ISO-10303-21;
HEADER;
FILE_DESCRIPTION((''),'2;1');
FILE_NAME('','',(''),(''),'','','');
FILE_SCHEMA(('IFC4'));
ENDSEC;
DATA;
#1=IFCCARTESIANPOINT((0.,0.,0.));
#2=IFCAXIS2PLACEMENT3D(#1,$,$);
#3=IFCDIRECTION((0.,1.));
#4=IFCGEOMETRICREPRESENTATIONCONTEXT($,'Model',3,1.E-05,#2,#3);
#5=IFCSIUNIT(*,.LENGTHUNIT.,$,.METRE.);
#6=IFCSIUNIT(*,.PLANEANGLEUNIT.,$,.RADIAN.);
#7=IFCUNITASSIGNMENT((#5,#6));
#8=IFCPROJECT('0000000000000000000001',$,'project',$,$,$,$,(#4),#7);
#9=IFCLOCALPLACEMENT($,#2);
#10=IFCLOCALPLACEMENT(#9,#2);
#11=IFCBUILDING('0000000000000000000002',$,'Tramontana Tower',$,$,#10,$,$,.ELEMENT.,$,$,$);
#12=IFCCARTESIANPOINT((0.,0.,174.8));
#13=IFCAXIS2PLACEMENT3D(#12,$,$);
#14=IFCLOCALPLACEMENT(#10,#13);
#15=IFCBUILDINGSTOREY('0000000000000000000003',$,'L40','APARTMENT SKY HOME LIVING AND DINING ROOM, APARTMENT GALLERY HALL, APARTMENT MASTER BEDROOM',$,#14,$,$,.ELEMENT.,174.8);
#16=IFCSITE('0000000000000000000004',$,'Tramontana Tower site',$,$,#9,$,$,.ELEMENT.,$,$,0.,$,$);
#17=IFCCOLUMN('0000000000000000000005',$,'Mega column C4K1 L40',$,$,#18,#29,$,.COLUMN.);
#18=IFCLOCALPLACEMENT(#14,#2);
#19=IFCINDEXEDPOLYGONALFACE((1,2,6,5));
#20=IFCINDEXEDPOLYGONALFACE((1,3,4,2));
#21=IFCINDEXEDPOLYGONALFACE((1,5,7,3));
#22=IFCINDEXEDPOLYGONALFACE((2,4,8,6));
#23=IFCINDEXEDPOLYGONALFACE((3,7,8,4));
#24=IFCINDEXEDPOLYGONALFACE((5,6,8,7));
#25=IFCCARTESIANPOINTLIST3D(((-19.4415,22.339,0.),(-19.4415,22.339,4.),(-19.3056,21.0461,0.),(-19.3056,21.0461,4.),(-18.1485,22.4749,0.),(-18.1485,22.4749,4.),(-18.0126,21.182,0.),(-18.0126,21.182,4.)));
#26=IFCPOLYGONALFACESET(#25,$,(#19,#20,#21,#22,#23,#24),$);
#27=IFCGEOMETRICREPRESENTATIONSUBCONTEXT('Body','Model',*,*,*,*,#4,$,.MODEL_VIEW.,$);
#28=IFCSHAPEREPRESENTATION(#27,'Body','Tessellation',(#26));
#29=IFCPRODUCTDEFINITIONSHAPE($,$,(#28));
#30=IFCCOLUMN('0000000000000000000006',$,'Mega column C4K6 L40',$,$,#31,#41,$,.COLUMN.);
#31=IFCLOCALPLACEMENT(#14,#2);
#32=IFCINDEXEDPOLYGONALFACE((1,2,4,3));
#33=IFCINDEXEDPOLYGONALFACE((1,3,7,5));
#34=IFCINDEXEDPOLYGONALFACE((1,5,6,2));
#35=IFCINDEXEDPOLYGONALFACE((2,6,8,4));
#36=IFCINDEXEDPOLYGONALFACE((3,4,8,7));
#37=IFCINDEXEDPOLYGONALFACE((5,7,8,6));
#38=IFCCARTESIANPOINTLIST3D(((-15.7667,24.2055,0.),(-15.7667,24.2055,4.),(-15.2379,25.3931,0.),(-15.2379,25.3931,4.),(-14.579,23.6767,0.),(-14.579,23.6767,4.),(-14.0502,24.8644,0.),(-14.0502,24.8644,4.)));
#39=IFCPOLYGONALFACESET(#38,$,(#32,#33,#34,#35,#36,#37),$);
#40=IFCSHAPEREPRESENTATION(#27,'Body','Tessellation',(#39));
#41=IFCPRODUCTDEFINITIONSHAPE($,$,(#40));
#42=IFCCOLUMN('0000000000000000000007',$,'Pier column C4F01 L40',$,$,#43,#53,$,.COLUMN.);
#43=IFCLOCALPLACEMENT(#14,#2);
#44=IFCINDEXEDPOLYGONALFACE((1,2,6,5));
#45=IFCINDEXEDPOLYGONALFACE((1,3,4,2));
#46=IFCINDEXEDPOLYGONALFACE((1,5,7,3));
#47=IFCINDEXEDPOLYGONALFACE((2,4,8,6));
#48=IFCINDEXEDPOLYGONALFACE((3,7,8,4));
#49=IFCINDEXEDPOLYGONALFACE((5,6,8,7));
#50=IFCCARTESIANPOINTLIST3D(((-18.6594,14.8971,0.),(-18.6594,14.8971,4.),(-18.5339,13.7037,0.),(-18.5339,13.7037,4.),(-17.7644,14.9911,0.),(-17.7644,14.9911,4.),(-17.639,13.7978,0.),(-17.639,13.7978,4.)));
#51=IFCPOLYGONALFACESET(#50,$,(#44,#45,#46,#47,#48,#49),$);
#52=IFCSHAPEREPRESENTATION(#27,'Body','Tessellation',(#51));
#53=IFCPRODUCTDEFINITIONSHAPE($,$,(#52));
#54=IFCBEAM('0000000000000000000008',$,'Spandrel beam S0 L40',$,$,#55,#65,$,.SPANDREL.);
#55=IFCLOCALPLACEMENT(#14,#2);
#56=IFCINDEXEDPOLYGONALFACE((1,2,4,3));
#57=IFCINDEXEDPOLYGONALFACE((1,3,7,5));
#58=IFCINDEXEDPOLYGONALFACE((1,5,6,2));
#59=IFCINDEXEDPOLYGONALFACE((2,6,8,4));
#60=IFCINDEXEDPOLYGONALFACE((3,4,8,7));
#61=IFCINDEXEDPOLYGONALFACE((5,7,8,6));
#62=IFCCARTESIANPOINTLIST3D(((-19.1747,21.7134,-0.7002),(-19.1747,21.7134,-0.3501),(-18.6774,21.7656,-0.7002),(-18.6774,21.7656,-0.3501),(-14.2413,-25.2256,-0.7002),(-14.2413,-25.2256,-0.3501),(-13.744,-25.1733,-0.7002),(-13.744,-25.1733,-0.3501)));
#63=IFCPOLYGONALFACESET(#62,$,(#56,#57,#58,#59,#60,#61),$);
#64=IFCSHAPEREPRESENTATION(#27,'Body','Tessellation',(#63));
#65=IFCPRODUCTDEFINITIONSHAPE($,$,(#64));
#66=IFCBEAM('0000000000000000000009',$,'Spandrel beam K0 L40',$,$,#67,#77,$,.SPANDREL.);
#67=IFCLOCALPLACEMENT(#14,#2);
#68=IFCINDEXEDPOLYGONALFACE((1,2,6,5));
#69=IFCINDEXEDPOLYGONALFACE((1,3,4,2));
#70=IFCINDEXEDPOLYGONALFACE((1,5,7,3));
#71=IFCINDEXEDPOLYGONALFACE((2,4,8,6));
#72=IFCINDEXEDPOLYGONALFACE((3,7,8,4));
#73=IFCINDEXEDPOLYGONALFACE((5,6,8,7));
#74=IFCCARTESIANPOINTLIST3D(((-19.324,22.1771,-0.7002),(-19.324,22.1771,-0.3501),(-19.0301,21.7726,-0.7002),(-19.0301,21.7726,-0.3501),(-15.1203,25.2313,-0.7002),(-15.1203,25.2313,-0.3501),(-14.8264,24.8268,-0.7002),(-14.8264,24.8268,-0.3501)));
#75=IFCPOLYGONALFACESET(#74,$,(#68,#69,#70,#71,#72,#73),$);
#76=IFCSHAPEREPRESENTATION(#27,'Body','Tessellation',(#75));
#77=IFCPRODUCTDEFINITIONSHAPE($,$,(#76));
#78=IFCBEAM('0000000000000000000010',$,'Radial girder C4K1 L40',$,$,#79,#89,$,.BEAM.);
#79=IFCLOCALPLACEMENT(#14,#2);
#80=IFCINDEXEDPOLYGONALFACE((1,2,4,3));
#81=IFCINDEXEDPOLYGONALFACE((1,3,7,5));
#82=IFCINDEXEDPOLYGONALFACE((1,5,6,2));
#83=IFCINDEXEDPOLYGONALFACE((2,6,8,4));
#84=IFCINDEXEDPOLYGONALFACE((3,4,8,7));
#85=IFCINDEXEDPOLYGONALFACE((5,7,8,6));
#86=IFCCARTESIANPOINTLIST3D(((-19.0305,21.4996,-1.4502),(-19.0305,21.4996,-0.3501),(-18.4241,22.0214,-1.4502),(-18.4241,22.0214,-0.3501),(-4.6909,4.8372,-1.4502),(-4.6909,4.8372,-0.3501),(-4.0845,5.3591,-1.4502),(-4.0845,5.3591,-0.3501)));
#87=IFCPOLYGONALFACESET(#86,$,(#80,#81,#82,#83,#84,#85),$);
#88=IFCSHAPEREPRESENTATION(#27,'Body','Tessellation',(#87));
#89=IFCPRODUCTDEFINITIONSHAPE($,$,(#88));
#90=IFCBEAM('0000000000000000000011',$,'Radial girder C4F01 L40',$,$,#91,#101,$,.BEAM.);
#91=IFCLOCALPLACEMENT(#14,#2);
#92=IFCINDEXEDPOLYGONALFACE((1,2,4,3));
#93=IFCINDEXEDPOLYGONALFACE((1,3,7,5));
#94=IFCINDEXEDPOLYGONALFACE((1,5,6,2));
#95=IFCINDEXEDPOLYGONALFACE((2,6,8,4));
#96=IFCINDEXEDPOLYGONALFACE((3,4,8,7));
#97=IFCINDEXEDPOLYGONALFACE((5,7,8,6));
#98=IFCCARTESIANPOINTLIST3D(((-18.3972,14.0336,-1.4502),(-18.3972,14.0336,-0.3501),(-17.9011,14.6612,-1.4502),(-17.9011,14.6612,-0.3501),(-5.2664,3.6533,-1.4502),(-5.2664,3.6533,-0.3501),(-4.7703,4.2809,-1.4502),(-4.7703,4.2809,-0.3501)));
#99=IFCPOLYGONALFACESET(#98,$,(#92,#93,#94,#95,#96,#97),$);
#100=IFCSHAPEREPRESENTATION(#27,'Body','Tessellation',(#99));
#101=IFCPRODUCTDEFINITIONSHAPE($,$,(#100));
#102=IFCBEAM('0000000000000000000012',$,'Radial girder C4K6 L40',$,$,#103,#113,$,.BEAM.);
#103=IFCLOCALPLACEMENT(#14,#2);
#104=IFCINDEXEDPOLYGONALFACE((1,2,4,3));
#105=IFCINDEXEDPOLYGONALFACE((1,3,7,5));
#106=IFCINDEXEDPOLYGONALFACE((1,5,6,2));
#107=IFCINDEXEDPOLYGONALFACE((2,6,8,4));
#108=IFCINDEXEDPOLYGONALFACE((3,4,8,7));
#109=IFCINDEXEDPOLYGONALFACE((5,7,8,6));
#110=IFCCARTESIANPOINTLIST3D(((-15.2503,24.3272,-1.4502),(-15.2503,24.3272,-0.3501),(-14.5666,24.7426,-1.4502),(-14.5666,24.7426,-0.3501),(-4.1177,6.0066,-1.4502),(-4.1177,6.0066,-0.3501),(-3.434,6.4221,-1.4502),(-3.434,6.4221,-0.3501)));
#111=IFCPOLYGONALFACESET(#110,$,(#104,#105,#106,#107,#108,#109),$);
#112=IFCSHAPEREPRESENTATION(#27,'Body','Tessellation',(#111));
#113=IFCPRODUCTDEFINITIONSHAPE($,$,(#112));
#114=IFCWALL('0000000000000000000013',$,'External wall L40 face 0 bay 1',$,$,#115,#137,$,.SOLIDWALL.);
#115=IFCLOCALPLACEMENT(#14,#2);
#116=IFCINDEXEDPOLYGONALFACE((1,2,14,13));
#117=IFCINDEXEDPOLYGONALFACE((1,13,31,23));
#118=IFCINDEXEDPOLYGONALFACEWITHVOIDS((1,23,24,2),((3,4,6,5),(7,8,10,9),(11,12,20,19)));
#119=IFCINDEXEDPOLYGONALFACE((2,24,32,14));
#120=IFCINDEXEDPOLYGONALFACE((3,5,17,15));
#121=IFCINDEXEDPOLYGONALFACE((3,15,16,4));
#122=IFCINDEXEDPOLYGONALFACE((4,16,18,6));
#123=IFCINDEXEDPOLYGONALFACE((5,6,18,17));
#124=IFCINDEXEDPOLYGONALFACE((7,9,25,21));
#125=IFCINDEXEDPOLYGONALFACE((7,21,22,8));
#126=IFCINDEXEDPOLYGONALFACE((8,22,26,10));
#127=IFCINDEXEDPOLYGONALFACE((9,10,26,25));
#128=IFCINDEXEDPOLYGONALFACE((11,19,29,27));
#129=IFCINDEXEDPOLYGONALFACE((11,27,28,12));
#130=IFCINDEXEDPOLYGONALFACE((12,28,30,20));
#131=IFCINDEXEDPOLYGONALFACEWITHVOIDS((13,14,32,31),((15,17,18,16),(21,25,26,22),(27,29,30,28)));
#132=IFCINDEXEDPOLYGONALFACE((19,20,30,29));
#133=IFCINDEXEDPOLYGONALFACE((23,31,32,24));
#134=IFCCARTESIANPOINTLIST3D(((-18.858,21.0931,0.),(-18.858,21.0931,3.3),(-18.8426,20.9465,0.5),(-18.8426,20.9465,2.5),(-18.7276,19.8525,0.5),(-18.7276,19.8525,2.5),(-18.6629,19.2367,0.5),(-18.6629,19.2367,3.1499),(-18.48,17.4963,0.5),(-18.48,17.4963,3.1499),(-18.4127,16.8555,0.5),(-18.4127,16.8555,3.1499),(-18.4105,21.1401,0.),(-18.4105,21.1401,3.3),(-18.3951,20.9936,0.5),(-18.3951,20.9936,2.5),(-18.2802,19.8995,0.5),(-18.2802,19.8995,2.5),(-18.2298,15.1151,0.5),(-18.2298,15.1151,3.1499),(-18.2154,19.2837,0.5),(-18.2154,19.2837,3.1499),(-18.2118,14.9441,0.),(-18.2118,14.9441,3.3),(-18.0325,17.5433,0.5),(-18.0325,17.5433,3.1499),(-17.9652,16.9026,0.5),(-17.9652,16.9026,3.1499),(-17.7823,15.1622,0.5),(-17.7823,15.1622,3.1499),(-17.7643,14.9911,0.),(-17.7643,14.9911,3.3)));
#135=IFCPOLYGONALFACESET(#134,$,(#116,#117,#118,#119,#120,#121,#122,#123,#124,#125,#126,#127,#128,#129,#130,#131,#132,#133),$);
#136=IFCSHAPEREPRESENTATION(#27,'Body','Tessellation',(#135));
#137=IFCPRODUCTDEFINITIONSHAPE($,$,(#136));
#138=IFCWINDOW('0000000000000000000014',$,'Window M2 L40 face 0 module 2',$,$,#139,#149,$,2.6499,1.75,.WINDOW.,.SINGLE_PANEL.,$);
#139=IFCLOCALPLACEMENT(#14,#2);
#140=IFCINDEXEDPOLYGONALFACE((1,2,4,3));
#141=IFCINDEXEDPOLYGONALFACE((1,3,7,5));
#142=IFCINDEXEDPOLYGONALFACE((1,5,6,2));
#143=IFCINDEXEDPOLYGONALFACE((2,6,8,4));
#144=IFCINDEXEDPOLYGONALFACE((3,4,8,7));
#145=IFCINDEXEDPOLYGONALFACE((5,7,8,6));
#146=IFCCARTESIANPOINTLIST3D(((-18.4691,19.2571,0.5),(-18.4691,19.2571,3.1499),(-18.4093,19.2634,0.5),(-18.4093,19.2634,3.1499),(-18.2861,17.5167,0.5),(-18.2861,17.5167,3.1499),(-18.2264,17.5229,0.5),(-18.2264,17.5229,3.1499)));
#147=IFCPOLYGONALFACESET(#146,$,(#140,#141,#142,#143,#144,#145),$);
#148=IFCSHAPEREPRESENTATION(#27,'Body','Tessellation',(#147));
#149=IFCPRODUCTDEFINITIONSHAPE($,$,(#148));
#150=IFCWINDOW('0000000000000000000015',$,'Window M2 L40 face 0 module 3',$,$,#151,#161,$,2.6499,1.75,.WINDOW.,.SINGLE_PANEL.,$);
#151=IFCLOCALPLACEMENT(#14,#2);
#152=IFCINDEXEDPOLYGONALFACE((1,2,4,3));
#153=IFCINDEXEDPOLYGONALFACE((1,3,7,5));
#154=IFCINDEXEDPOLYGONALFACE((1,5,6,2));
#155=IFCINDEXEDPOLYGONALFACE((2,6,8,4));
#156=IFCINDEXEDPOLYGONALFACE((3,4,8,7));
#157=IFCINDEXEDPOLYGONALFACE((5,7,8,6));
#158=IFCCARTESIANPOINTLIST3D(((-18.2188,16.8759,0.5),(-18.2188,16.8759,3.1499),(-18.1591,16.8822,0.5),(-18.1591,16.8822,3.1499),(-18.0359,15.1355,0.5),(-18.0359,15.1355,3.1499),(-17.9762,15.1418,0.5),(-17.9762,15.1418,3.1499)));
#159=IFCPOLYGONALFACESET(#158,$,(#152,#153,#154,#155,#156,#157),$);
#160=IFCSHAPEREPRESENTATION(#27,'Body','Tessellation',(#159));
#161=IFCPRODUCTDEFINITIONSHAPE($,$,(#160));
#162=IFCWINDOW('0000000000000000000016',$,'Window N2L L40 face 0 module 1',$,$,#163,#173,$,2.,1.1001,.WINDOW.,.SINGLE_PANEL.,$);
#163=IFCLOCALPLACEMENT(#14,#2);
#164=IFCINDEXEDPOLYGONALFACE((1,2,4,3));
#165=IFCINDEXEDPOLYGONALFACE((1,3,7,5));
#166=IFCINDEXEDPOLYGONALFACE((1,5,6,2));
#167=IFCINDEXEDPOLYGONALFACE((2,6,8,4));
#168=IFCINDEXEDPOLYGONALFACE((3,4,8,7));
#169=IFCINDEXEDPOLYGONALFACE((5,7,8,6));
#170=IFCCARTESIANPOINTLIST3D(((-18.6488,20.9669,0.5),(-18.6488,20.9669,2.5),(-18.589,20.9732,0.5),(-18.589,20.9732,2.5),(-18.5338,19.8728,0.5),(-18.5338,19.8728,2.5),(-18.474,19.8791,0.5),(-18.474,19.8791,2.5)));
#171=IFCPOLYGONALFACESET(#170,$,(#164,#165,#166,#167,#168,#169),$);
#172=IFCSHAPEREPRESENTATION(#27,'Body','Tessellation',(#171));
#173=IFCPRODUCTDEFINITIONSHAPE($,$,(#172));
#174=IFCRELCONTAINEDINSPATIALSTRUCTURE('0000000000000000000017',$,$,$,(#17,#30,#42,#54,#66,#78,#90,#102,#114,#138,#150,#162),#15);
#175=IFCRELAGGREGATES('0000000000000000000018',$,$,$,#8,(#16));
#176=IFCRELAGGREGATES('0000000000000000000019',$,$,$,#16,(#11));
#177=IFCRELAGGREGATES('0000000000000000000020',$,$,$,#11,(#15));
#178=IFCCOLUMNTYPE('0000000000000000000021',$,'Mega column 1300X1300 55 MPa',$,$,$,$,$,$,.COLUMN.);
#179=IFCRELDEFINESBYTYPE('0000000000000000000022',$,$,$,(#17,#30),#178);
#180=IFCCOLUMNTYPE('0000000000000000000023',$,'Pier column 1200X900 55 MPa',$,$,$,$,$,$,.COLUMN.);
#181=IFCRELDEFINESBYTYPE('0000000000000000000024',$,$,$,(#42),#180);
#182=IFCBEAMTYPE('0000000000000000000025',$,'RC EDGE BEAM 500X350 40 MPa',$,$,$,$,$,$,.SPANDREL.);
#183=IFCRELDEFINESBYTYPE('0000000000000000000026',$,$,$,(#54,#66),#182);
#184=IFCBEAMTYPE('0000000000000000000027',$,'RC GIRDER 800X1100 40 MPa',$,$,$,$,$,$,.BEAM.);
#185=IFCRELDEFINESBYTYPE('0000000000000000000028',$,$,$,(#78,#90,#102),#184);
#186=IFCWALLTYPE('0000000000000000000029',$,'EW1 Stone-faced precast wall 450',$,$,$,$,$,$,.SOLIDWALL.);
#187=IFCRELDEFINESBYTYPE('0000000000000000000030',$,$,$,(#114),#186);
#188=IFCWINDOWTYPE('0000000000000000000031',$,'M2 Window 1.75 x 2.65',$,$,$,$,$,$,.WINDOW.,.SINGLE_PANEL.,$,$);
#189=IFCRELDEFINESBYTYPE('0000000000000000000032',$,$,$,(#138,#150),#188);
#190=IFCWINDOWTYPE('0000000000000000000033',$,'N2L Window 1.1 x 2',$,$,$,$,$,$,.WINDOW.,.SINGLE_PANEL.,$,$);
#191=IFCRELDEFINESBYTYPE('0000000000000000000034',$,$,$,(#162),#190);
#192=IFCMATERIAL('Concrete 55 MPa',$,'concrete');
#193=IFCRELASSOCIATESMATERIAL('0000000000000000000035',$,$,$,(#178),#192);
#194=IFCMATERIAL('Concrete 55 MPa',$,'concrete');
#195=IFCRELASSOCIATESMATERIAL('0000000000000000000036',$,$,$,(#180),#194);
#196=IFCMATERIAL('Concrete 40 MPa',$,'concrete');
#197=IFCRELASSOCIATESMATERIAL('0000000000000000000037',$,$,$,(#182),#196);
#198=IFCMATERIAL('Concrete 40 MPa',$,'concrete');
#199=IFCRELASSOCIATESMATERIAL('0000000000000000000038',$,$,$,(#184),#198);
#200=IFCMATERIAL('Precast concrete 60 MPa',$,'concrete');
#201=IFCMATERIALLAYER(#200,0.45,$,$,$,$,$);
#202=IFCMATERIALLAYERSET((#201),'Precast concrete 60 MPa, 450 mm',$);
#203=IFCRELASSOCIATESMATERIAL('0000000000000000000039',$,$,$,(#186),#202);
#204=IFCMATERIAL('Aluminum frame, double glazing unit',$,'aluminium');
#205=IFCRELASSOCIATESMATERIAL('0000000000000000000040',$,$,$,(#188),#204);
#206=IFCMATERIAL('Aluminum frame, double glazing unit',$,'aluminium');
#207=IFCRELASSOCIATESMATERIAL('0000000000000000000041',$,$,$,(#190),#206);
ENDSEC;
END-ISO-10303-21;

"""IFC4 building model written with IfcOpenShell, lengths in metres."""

from ifc_helpers import new_model, si_unit, direction, frame, frame_2d, origin, origin_2d, place, context, subcontext, project, spatial, rectangle, extrude, material, layer, layer_set, material_profile, profile_set, type_object, element, fill, save


model = new_model("IFC4")

# Units and contexts
model_context = context("Model", 3, precision=1e-05, world=origin(), true_north=direction((0.0, 1.0)))
body_context = subcontext(model_context, "Body", "Model", "MODEL_VIEW")
ifc_project = project(units=[si_unit("LENGTHUNIT", "METRE"), si_unit("PLANEANGLEUNIT", "RADIAN")], contexts=[model_context])

# Site, building, storey
site_placement = place(None, origin())
site = spatial("IfcSite", under=ifc_project, at=site_placement, Name="Tramontana Tower site", CompositionType="ELEMENT", RefElevation=0.0)
building_placement = place(site_placement, origin())
building = spatial("IfcBuilding", under=site, at=building_placement, Name="Tramontana Tower", CompositionType="ELEMENT")
storey_placement = place(building_placement, frame((0.0, 0.0, 174.8)))
storey = spatial("IfcBuildingStorey", under=building, at=storey_placement, Name="L40", Description="APARTMENT SKY HOME LIVING AND DINING ROOM, APARTMENT GALLERY HALL, APARTMENT MASTER BEDROOM", CompositionType="ELEMENT", Elevation=174.8)

# Columns
ifc_material_1 = material(Name="Concrete 55 MPa", Category="concrete")
ifc_material_profile_1 = material_profile(ifc_material_1, rectangle(XDim=1.3, YDim=1.3, at=origin_2d()), Name="Mega column 1300X1300 55 MPa")
ifc_profile_set_1 = profile_set([ifc_material_profile_1], Name="Concrete 55 MPa")
column_type_1 = type_object("IfcColumnType", Name="Mega column 1300X1300 55 MPa", PredefinedType="COLUMN", material=ifc_profile_set_1)
for number, where, z_axis, x_axis, name in (
    (1, (-18.7271, 21.7605, 0.0), (0.0, 0.0, 1.0), (0.104528, -0.994522, 0.0), "Mega column C4K1 L40"),
    (2, (-14.9084, 24.5349, 0.0), (0.0, 0.0, 1.0), (-0.913545, 0.406737, 0.0), "Mega column C4K6 L40"),
):
    element("IfcColumn", number, at=place(storey_placement, frame(where, z_axis=z_axis, x_axis=x_axis)), inside=storey, type_object=column_type_1, Name=name, PredefinedType="COLUMN", context=body_context, shape_type="SweptSolid", body=[
        extrude(rectangle(XDim=1.3, YDim=1.3, at=origin_2d()), origin(), (0.0, 0.0, 1.0), 4.0),
    ])
ifc_material_2 = material(Name="Concrete 55 MPa", Category="concrete")
ifc_material_profile_2 = material_profile(ifc_material_2, rectangle(XDim=1.2, YDim=0.8999, at=origin_2d()), Name="Pier column 1200X900 55 MPa")
ifc_profile_set_2 = profile_set([ifc_material_profile_2], Name="Concrete 55 MPa")
column_type_2 = type_object("IfcColumnType", Name="Pier column 1200X900 55 MPa", PredefinedType="COLUMN", material=ifc_profile_set_2)
column_placement = place(storey_placement, frame((-18.1492, 14.3474, 0.0), z_axis=(0.0, 0.0, 1.0), x_axis=(0.104528, -0.994522, 0.0)))
element("IfcColumn", 3, at=column_placement, inside=storey, type_object=column_type_2, Name="Pier column C4F01 L40", PredefinedType="COLUMN", context=body_context, shape_type="SweptSolid", body=[
    extrude(rectangle(XDim=1.2, YDim=0.8999, at=origin_2d()), origin(), (0.0, 0.0, 1.0), 4.0),
])

# Beams
ifc_material_3 = material(Name="Concrete 40 MPa", Category="concrete")
ifc_material_profile_3 = material_profile(ifc_material_3, rectangle(XDim=0.5, YDim=0.3501, at=origin_2d()), Name="RC EDGE BEAM 500X350 40 MPa")
ifc_profile_set_3 = profile_set([ifc_material_profile_3], Name="Concrete 40 MPa")
beam_type_1 = type_object("IfcBeamType", Name="RC EDGE BEAM 500X350 40 MPa", PredefinedType="SPANDREL", material=ifc_profile_set_3)
beam_1_placement = place(storey_placement, frame((-18.926, 21.7395, -0.5251), z_axis=(0.104526, -0.994522, 0.0), x_axis=(0.994522, 0.104526, 0.0)))
element("IfcBeam", 4, at=beam_1_placement, inside=storey, type_object=beam_type_1, Name="Spandrel beam S0 L40", PredefinedType="SPANDREL", context=body_context, shape_type="SweptSolid", body=[
    extrude(rectangle(XDim=0.5, YDim=0.3501, at=origin_2d()), origin(), (0.0, 0.0, 1.0), 47.1975),
])
beam_2_placement = place(storey_placement, frame((-14.9734, 25.0291, -0.5251), z_axis=(-0.809008, -0.587797, 0.0), x_axis=(0.587797, -0.809008, 0.0)))
element("IfcBeam", 5, at=beam_2_placement, inside=storey, type_object=beam_type_1, Name="Spandrel beam K0 L40", PredefinedType="SPANDREL", context=body_context, shape_type="SweptSolid", body=[
    extrude(rectangle(XDim=0.5, YDim=0.3501, at=origin_2d()), origin(), (0.0, 0.0, 1.0), 5.196),
])
ifc_material_4 = material(Name="Concrete 40 MPa", Category="concrete")
ifc_material_profile_4 = material_profile(ifc_material_4, rectangle(XDim=0.8, YDim=1.1001, at=origin_2d()), Name="RC GIRDER 800X1100 40 MPa")
ifc_profile_set_4 = profile_set([ifc_material_profile_4], Name="Concrete 40 MPa")
beam_type_2 = type_object("IfcBeamType", Name="RC GIRDER 800X1100 40 MPa", PredefinedType="BEAM", material=ifc_profile_set_4)
beam_3_placement = place(storey_placement, frame((-18.7273, 21.7605, -0.9001), z_axis=(0.6523, -0.757961, 0.0), x_axis=(0.757961, 0.6523, 0.0)))
element("IfcBeam", 6, at=beam_3_placement, inside=storey, type_object=beam_type_2, Name="Radial girder C4K1 L40", PredefinedType="BEAM", context=body_context, shape_type="SweptSolid", body=[
    extrude(rectangle(XDim=0.8, YDim=1.1001, at=origin_2d()), origin(), (0.0, 0.0, 1.0), 21.9832),
])
beam_4_placement = place(storey_placement, frame((-18.1492, 14.3474, -0.9001), z_axis=(0.784479, -0.620156, 0.0), x_axis=(0.620156, 0.784479, 0.0)))
element("IfcBeam", 7, at=beam_4_placement, inside=storey, type_object=beam_type_2, Name="Radial girder C4F01 L40", PredefinedType="BEAM", context=body_context, shape_type="SweptSolid", body=[
    extrude(rectangle(XDim=0.8, YDim=1.1001, at=origin_2d()), origin(), (0.0, 0.0, 1.0), 16.7383),
])
beam_5_placement = place(storey_placement, frame((-14.9084, 24.5349, -0.9001), z_axis=(0.519298, -0.854593, 0.0), x_axis=(0.854593, 0.519298, 0.0)))
element("IfcBeam", 8, at=beam_5_placement, inside=storey, type_object=beam_type_2, Name="Radial girder C4K6 L40", PredefinedType="BEAM", context=body_context, shape_type="SweptSolid", body=[
    extrude(rectangle(XDim=0.8, YDim=1.1001, at=origin_2d()), origin(), (0.0, 0.0, 1.0), 21.4377),
])

# Wall, openings, windows
ifc_material_5 = material(Name="Precast concrete 60 MPa", Category="concrete")
ifc_layer_1 = layer(ifc_material_5, 0.45)
ifc_layer_set_1 = layer_set([ifc_layer_1], Name="Precast concrete 60 MPa, 450 mm")
wall_type_1 = type_object("IfcWallType", Name="EW1 Stone-faced precast wall 450", PredefinedType="SOLIDWALL", material=ifc_layer_set_1)
wall_1_placement = place(storey_placement, frame((-18.6343, 21.1165, 0.0), z_axis=(0.0, 0.0, 1.0), x_axis=(0.104522, -0.994523, 0.0)))
wall_1 = element("IfcWall", 9, at=wall_1_placement, inside=storey, type_object=wall_type_1, Name="External wall L40 face 0 bay 1", PredefinedType="SOLIDWALL", context=body_context, shape_type="SweptSolid", body=[
    extrude(rectangle(XDim=6.1829, YDim=0.45, at=frame_2d((3.0913, 0.0))), origin(), (0.0, 0.0, 1.0), 3.3),
])
opening_1_placement = place(wall_1_placement, frame((0.1472, 0.0, 0.5)))
opening_1 = element("IfcOpeningElement", 10, at=opening_1_placement, cuts=wall_1, PredefinedType="OPENING", context=body_context, shape_type="SweptSolid", body=[
    extrude(rectangle(XDim=1.1001, YDim=2.0, at=frame_2d((0.55, 1.0))), frame((0.0, 0.2349, 0.0), z_axis=(0.0, -1.0, 0.0), x_axis=(1.0, 0.0, 0.0)), (0.0, 0.0, 1.0), 0.47),
])
opening_2_placement = place(wall_1_placement, frame((1.8665, 0.0, 0.5)))
opening_2 = element("IfcOpeningElement", 11, at=opening_2_placement, cuts=wall_1, PredefinedType="OPENING", context=body_context, shape_type="SweptSolid", body=[
    extrude(rectangle(XDim=1.75, YDim=2.6499, at=frame_2d((0.875, 1.325))), frame((0.0, 0.2349, 0.0), z_axis=(0.0, -1.0, 0.0), x_axis=(1.0, 0.0, 0.0)), (0.0, 0.0, 1.0), 0.47),
])
opening_3_placement = place(wall_1_placement, frame((4.2607, 0.0, 0.5)))
opening_3 = element("IfcOpeningElement", 12, at=opening_3_placement, cuts=wall_1, PredefinedType="OPENING", context=body_context, shape_type="SweptSolid", body=[
    extrude(rectangle(XDim=1.75, YDim=2.6499, at=frame_2d((0.875, 1.325))), frame((0.0, 0.2349, 0.0), z_axis=(0.0, -1.0, 0.0), x_axis=(1.0, 0.0, 0.0)), (0.0, 0.0, 1.0), 0.47),
])
ifc_material_6 = material(Name="Aluminum frame, double glazing unit", Category="aluminium")
window_type_1 = type_object("IfcWindowType", Name="M2 Window 1.75 x 2.65", PartitioningType="SINGLE_PANEL", PredefinedType="WINDOW", material=ifc_material_6)
window_1_placement = place(opening_2_placement, origin())
window_1 = element("IfcWindow", 13, at=window_1_placement, inside=storey, type_object=window_type_1, Name="Window M2 L40 face 0 module 2", OverallHeight=2.6499, OverallWidth=1.75, PartitioningType="SINGLE_PANEL", PredefinedType="WINDOW", context=body_context, shape_type="SweptSolid", body=[
    extrude(rectangle(XDim=1.75, YDim=2.6499, at=frame_2d((0.875, 1.325))), frame((0.0, 0.03, 0.0), z_axis=(0.0, -1.0, 0.0), x_axis=(1.0, 0.0, 0.0)), (0.0, 0.0, 1.0), 0.0601),
])
fill(opening_2, window_1)
window_2_placement = place(opening_3_placement, origin())
window_2 = element("IfcWindow", 14, at=window_2_placement, inside=storey, type_object=window_type_1, Name="Window M2 L40 face 0 module 3", OverallHeight=2.6499, OverallWidth=1.75, PartitioningType="SINGLE_PANEL", PredefinedType="WINDOW", context=body_context, shape_type="SweptSolid", body=[
    extrude(rectangle(XDim=1.75, YDim=2.6499, at=frame_2d((0.875, 1.325))), frame((0.0, 0.03, 0.0), z_axis=(0.0, -1.0, 0.0), x_axis=(1.0, 0.0, 0.0)), (0.0, 0.0, 1.0), 0.0601),
])
fill(opening_3, window_2)
ifc_material_7 = material(Name="Aluminum frame, double glazing unit", Category="aluminium")
window_type_2 = type_object("IfcWindowType", Name="N2L Window 1.1 x 2", PartitioningType="SINGLE_PANEL", PredefinedType="WINDOW", material=ifc_material_7)
window_3_placement = place(opening_1_placement, origin())
window_3 = element("IfcWindow", 15, at=window_3_placement, inside=storey, type_object=window_type_2, Name="Window N2L L40 face 0 module 1", OverallHeight=2.0, OverallWidth=1.1001, PartitioningType="SINGLE_PANEL", PredefinedType="WINDOW", context=body_context, shape_type="SweptSolid", body=[
    extrude(rectangle(XDim=1.1001, YDim=2.0, at=frame_2d((0.55, 1.0))), frame((0.0, 0.03, 0.0), z_axis=(0.0, -1.0, 0.0), x_axis=(1.0, 0.0, 0.0)), (0.0, 0.0, 1.0), 0.0601),
])
fill(opening_1, window_3)

save(model, "model.ifc")
